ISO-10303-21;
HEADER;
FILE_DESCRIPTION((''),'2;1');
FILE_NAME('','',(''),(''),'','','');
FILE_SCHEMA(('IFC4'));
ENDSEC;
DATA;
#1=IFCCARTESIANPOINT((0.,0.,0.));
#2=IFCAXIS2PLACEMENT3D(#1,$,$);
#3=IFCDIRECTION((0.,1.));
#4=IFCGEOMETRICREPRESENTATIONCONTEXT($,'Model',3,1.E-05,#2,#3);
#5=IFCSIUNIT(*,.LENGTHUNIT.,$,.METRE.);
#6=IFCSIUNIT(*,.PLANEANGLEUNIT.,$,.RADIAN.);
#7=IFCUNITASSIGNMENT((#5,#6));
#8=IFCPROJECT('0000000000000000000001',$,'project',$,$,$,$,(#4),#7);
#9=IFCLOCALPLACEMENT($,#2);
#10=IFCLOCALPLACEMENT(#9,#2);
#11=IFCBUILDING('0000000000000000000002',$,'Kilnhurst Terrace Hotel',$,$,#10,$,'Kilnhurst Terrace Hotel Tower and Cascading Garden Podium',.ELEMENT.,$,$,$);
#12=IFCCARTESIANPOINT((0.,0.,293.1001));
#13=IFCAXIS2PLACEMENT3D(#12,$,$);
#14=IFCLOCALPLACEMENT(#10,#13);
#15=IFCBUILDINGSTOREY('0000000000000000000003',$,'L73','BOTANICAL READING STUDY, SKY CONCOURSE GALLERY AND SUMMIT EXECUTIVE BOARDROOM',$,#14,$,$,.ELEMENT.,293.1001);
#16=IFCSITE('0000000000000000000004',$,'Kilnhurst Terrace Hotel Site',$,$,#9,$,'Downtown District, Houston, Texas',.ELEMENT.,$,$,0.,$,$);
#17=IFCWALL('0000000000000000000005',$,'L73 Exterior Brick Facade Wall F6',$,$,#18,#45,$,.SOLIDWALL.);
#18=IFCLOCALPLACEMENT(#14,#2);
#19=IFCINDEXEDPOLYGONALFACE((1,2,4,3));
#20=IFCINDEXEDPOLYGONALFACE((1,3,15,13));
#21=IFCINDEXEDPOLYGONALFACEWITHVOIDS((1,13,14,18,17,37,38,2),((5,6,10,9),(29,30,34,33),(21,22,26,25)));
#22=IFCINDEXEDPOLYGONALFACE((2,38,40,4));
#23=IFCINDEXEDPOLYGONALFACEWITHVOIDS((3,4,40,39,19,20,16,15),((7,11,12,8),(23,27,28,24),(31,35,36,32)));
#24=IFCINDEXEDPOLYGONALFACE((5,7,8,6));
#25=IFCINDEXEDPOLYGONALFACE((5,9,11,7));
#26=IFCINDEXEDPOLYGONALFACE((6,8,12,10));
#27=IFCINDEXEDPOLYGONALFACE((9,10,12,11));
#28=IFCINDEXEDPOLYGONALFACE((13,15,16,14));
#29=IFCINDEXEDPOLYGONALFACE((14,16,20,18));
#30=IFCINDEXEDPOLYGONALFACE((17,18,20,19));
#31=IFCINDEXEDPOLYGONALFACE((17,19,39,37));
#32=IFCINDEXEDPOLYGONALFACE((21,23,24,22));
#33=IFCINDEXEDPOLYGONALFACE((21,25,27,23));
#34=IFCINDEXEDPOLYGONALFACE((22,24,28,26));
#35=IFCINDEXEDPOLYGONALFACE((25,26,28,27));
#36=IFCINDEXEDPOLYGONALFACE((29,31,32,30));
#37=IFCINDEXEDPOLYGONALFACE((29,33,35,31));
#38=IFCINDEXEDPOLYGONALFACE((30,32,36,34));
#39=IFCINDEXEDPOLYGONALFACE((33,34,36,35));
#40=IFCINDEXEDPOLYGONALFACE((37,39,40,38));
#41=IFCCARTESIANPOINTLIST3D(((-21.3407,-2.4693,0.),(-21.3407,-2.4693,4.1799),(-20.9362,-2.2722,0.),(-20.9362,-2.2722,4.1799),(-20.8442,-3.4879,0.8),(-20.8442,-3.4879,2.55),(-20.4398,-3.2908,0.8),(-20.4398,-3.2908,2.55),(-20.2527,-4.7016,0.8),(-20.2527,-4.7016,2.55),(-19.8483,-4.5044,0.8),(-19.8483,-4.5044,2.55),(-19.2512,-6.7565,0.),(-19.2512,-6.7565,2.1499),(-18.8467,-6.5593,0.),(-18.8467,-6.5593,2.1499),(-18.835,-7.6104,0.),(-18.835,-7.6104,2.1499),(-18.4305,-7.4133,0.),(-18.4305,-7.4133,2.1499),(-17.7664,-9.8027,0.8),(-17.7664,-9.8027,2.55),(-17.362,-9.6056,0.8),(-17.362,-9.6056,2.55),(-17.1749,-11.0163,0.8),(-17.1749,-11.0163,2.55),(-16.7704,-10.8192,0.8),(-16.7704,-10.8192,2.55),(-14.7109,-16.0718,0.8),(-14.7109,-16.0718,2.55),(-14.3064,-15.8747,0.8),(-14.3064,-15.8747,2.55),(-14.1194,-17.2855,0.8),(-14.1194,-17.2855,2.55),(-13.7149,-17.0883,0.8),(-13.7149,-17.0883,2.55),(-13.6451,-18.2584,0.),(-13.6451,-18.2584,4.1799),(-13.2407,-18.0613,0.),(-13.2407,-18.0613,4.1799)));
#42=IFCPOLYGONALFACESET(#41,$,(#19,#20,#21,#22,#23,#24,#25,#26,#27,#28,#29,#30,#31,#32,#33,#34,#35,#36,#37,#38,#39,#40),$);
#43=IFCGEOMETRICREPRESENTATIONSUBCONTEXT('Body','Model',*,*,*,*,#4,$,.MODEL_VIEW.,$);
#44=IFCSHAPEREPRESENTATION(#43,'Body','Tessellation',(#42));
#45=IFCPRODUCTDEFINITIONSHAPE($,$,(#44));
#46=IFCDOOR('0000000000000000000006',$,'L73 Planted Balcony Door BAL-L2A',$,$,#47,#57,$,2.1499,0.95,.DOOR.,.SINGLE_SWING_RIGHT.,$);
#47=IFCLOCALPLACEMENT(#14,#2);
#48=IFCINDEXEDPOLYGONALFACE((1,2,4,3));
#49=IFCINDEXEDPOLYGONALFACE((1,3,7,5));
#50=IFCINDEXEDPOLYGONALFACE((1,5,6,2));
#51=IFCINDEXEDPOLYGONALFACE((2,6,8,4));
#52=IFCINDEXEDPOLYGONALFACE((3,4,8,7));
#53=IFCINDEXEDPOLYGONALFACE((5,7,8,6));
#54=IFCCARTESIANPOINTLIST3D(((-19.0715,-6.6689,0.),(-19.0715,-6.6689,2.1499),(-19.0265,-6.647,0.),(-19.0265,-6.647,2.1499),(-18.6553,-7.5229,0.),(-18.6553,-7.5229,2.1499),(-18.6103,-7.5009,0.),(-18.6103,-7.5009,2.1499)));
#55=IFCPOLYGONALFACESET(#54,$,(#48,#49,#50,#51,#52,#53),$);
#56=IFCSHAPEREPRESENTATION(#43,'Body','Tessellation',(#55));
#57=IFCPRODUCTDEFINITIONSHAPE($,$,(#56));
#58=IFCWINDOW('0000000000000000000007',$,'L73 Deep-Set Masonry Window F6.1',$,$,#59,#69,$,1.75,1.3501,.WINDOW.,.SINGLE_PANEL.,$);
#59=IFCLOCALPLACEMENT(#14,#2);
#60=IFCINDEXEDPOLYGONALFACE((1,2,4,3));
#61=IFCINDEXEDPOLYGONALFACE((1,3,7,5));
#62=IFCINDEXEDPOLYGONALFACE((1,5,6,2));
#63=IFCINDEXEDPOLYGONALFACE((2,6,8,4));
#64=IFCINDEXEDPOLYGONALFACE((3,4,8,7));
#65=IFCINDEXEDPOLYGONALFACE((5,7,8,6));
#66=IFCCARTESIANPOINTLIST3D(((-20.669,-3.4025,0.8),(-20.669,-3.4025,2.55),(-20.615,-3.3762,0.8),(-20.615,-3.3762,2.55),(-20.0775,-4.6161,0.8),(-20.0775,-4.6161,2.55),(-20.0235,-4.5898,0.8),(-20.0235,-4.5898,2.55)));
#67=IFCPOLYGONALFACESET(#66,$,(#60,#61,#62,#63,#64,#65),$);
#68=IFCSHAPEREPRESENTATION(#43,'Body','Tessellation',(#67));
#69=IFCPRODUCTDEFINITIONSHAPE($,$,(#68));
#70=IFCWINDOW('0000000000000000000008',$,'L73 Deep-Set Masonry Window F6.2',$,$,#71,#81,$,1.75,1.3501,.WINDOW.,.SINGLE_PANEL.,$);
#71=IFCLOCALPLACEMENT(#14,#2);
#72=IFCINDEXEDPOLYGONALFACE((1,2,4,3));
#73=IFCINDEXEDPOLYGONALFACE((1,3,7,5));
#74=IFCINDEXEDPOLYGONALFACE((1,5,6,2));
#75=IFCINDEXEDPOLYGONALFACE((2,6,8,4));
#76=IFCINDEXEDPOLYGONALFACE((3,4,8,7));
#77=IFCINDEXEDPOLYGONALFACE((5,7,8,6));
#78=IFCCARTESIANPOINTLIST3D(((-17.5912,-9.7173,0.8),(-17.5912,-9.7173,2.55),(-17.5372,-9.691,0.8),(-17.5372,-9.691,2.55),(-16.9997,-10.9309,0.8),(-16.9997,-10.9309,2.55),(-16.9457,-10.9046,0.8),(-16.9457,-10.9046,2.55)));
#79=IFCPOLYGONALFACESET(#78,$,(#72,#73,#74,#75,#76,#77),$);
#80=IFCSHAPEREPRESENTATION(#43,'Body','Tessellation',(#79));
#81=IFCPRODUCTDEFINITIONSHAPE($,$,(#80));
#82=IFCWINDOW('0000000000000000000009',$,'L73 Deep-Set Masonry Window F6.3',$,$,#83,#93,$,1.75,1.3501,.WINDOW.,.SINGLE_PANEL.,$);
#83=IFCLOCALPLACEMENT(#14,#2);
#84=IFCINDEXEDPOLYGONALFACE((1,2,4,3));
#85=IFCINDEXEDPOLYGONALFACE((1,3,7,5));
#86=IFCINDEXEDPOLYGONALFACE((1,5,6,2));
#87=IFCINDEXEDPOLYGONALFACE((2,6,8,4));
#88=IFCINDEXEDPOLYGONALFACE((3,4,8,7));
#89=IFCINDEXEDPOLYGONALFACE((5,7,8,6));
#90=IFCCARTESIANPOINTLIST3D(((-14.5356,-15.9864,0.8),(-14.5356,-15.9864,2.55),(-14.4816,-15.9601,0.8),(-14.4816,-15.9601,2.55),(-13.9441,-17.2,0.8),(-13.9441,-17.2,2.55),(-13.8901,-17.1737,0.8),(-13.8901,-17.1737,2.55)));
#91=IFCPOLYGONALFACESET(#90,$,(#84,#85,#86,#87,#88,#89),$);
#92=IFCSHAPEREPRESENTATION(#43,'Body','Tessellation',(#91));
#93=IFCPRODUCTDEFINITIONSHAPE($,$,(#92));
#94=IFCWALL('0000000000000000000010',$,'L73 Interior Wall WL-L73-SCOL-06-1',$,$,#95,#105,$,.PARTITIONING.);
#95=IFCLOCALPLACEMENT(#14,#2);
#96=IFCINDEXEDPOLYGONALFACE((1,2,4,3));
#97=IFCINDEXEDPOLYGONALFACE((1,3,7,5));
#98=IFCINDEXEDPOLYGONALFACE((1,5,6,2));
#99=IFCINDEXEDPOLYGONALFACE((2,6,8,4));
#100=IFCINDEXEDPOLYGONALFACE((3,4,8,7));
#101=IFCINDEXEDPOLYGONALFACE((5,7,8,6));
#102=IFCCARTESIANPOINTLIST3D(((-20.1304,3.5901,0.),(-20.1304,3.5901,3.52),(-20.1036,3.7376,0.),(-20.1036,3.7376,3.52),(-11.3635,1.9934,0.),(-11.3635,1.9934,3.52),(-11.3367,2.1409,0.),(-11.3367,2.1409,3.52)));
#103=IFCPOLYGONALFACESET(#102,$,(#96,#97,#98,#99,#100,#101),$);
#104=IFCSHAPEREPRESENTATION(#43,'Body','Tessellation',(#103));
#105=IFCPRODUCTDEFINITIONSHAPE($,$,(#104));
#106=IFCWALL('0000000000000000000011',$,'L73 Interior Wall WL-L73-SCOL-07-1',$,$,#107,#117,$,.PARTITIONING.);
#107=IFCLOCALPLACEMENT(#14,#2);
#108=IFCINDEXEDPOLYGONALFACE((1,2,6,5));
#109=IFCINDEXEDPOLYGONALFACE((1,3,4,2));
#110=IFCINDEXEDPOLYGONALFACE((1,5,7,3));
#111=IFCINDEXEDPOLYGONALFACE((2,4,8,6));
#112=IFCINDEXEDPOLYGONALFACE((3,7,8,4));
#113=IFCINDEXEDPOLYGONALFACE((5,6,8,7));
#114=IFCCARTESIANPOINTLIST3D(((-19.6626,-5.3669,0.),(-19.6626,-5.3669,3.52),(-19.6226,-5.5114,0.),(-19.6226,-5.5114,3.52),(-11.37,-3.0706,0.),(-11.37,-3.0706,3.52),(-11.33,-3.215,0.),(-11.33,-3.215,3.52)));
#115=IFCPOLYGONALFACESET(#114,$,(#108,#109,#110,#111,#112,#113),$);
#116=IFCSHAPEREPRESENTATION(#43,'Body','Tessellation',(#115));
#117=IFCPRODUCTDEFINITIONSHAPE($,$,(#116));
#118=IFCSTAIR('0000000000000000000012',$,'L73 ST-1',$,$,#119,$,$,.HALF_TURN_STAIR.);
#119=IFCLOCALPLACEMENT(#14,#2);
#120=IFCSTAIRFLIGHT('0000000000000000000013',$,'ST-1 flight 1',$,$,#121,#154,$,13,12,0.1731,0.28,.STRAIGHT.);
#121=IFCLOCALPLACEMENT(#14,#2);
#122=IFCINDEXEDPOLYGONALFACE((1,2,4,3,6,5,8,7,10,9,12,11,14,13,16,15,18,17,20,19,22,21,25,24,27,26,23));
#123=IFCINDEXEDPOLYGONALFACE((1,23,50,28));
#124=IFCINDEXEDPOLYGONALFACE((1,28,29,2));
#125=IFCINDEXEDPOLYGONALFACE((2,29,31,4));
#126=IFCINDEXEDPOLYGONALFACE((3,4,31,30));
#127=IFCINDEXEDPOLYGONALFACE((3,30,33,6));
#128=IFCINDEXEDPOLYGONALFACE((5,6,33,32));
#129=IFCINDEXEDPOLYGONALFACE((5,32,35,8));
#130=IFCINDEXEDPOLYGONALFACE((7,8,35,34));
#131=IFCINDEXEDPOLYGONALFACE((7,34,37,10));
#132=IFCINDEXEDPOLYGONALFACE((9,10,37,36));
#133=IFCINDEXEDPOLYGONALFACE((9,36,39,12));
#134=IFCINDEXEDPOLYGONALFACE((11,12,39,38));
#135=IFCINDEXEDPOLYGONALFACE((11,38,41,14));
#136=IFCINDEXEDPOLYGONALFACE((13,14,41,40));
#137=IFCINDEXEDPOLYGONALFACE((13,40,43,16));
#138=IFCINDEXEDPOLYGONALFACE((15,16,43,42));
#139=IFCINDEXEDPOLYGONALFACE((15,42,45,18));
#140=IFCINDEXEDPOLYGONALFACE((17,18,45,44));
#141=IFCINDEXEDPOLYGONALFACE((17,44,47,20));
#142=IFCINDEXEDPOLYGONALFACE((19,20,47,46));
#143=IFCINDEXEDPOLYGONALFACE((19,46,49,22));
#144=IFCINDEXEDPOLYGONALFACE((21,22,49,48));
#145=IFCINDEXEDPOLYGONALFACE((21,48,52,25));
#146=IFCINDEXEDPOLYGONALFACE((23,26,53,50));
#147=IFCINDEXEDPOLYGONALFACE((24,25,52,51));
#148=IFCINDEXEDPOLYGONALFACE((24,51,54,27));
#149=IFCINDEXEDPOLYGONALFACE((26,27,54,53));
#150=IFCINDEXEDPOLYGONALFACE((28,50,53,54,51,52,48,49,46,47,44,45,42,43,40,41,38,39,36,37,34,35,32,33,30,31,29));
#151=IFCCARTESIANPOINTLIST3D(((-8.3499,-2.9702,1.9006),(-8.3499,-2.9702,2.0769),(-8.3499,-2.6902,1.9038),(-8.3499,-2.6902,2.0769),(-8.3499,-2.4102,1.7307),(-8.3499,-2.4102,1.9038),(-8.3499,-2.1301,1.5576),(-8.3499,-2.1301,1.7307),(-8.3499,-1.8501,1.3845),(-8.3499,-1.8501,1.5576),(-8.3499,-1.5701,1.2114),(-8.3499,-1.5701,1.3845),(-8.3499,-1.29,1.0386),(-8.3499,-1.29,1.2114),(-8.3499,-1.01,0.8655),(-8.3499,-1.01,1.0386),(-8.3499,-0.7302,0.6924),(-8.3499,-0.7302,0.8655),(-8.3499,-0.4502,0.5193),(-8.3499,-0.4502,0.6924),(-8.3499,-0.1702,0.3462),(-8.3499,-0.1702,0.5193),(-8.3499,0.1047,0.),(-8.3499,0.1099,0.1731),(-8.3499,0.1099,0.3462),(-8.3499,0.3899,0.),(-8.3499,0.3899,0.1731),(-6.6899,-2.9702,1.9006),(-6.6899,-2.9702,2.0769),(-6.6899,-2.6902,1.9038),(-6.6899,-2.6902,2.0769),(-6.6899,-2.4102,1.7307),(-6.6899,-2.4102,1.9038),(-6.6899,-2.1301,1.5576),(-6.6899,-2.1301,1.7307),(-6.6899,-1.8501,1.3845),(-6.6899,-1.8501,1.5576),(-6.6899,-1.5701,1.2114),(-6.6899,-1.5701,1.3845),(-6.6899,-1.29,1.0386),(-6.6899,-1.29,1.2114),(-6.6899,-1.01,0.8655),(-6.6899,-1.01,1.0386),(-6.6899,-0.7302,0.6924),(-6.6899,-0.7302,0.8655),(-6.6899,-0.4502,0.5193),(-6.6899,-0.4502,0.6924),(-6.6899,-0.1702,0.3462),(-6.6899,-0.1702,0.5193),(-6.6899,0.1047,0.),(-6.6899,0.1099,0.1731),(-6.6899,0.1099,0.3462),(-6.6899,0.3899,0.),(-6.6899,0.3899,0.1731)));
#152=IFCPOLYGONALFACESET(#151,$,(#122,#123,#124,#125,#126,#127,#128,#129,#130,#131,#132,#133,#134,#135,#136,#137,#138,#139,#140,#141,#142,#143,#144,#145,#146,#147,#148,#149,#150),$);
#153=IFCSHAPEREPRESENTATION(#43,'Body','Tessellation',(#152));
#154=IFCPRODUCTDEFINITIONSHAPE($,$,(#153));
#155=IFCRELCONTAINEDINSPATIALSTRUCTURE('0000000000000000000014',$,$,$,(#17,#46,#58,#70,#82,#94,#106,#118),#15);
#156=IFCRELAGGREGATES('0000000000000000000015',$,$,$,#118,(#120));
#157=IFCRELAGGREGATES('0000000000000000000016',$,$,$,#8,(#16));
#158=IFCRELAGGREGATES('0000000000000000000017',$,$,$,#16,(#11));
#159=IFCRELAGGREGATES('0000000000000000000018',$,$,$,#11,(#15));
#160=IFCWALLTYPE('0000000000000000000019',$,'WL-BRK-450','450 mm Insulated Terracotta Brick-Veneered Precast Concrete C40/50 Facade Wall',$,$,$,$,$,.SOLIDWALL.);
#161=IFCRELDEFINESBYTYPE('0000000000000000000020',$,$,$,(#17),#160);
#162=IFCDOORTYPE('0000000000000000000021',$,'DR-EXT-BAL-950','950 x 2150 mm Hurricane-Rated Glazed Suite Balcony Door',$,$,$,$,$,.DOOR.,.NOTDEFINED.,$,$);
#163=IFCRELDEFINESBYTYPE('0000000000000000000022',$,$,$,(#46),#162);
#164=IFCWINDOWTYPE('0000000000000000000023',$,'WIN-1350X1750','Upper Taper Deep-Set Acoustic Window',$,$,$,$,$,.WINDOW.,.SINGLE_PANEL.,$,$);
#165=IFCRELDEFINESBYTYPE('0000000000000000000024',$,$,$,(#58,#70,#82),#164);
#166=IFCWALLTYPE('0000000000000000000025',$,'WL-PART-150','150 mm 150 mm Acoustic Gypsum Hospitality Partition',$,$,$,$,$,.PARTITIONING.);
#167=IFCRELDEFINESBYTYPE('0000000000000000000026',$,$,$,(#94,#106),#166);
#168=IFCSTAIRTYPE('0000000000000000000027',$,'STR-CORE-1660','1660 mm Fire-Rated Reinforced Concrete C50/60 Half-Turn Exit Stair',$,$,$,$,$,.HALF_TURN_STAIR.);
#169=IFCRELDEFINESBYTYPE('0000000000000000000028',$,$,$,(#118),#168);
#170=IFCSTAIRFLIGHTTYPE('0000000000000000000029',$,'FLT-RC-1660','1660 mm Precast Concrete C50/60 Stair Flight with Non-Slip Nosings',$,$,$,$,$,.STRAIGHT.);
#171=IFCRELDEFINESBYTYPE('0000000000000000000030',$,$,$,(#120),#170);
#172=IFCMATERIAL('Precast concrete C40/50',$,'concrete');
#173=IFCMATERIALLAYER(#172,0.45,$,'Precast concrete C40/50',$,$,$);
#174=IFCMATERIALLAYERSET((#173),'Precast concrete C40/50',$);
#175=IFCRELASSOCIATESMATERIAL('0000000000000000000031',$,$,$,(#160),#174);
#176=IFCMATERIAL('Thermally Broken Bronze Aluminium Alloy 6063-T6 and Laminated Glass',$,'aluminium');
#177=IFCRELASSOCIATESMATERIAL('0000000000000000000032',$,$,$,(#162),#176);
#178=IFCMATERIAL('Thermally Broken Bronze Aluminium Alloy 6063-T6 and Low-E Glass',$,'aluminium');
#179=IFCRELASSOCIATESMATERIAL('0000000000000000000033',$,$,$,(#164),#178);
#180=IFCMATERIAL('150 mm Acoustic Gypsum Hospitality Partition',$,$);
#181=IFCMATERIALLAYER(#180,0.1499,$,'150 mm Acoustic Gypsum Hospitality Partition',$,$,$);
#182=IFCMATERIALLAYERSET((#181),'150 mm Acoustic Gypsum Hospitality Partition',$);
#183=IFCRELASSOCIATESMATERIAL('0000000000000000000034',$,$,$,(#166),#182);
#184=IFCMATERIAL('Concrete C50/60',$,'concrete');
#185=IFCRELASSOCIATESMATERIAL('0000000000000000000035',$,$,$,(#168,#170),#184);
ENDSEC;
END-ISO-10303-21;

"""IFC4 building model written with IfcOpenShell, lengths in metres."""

from ifc_helpers import new_model, si_unit, direction, frame, frame_2d, origin, place, context, subcontext, project, spatial, polyline, rectangle, outline, extrude, material, layer, layer_set, type_object, element, fill, aggregate, save


model = new_model("IFC4")

# Units and contexts
model_context = context("Model", 3, precision=1e-05, world=origin(), true_north=direction((0.0, 1.0)))
body_context = subcontext(model_context, "Body", "Model", "MODEL_VIEW")
ifc_project = project(units=[si_unit("LENGTHUNIT", "METRE"), si_unit("PLANEANGLEUNIT", "RADIAN")], contexts=[model_context])

# Site, building, storey
site_placement = place(None, origin())
site = spatial("IfcSite", under=ifc_project, at=site_placement, Name="Kilnhurst Terrace Hotel Site", LongName="Downtown District, Houston, Texas", CompositionType="ELEMENT", RefElevation=0.0)
building_placement = place(site_placement, origin())
building = spatial("IfcBuilding", under=site, at=building_placement, Name="Kilnhurst Terrace Hotel", LongName="Kilnhurst Terrace Hotel Tower and Cascading Garden Podium", CompositionType="ELEMENT")
storey_placement = place(building_placement, frame((0.0, 0.0, 293.1001)))
storey = spatial("IfcBuildingStorey", under=building, at=storey_placement, Name="L73", Description="BOTANICAL READING STUDY, SKY CONCOURSE GALLERY AND SUMMIT EXECUTIVE BOARDROOM", CompositionType="ELEMENT", Elevation=293.1001)

# Shared definitions
ifc_material_1 = material(Name="Concrete C50/60", Category="concrete")

# Shared definitions
ifc_material_2 = material(Name="Precast concrete C40/50", Category="concrete")
ifc_layer_1 = layer(ifc_material_2, 0.45, Name="Precast concrete C40/50")
ifc_layer_set_1 = layer_set([ifc_layer_1], Name="Precast concrete C40/50")
wall_type_1 = type_object("IfcWallType", Name="WL-BRK-450", Description="450 mm Insulated Terracotta Brick-Veneered Precast Concrete C40/50 Facade Wall", PredefinedType="SOLIDWALL", material=ifc_layer_set_1)

# Wall, openings, door, windows
wall_1_placement = place(storey_placement, frame((-21.1384, -2.3708, 0.0), z_axis=(0.0, 0.0, 1.0), x_axis=(0.438128, -0.898913, 0.0)))
wall_1 = element("IfcWall", 1, at=wall_1_placement, inside=storey, type_object=wall_type_1, Name="L73 Exterior Brick Facade Wall F6", PredefinedType="SOLIDWALL", context=body_context, shape_type="SweptSolid", body=[
    extrude(rectangle(XDim=17.5647, YDim=0.45, at=frame_2d((8.7822, 0.0))), origin(), (0.0, 0.0, 1.0), 4.1799),
])
opening_1_placement = place(wall_1_placement, frame((4.769, 0.0, 0.0)))
opening_1 = element("IfcOpeningElement", 2, at=opening_1_placement, cuts=wall_1, PredefinedType="OPENING", context=body_context, shape_type="SweptSolid", body=[
    extrude(rectangle(XDim=0.95, YDim=2.1499, at=frame_2d((0.4751, 1.075))), frame((0.0, 0.2349, 0.0), z_axis=(0.0, -1.0, 0.0), x_axis=(1.0, 0.0, 0.0)), (0.0, 0.0, 1.0), 0.47),
])
opening_2_placement = place(wall_1_placement, frame((1.1331, 0.0, 0.8)))
opening_2 = element("IfcOpeningElement", 3, at=opening_2_placement, cuts=wall_1, PredefinedType="OPENING", context=body_context, shape_type="SweptSolid", body=[
    extrude(rectangle(XDim=1.3501, YDim=1.75, at=frame_2d((0.675, 0.875))), frame((0.0, 0.2349, 0.0), z_axis=(0.0, -1.0, 0.0), x_axis=(1.0, 0.0, 0.0)), (0.0, 0.0, 1.0), 0.47),
])
opening_3_placement = place(wall_1_placement, frame((8.158, 0.0, 0.8)))
opening_3 = element("IfcOpeningElement", 4, at=opening_3_placement, cuts=wall_1, PredefinedType="OPENING", context=body_context, shape_type="SweptSolid", body=[
    extrude(rectangle(XDim=1.3501, YDim=1.75, at=frame_2d((0.675, 0.875))), frame((0.0, 0.2349, 0.0), z_axis=(0.0, -1.0, 0.0), x_axis=(1.0, 0.0, 0.0)), (0.0, 0.0, 1.0), 0.47),
])
opening_4_placement = place(wall_1_placement, frame((15.1321, 0.0, 0.8)))
opening_4 = element("IfcOpeningElement", 5, at=opening_4_placement, cuts=wall_1, PredefinedType="OPENING", context=body_context, shape_type="SweptSolid", body=[
    extrude(rectangle(XDim=1.3501, YDim=1.75, at=frame_2d((0.675, 0.875))), frame((0.0, 0.2349, 0.0), z_axis=(0.0, -1.0, 0.0), x_axis=(1.0, 0.0, 0.0)), (0.0, 0.0, 1.0), 0.47),
])
ifc_material_3 = material(Name="Thermally Broken Bronze Aluminium Alloy 6063-T6 and Laminated Glass", Category="aluminium")
door_type_1 = type_object("IfcDoorType", Name="DR-EXT-BAL-950", Description="950 x 2150 mm Hurricane-Rated Glazed Suite Balcony Door", OperationType="NOTDEFINED", PredefinedType="DOOR", material=ifc_material_3)
door_1_placement = place(opening_1_placement, origin())
door_1 = element("IfcDoor", 6, at=door_1_placement, inside=storey, type_object=door_type_1, Name="L73 Planted Balcony Door BAL-L2A", OperationType="SINGLE_SWING_RIGHT", OverallHeight=2.1499, OverallWidth=0.95, PredefinedType="DOOR", context=body_context, shape_type="SweptSolid", body=[
    extrude(rectangle(XDim=0.95, YDim=2.1499, at=frame_2d((0.4751, 1.075))), frame((0.0, 0.0249, 0.0), z_axis=(0.0, -1.0, 0.0), x_axis=(1.0, 0.0, 0.0)), (0.0, 0.0, 1.0), 0.05),
])
fill(opening_1, door_1)
ifc_material_4 = material(Name="Thermally Broken Bronze Aluminium Alloy 6063-T6 and Low-E Glass", Category="aluminium")
window_type = type_object("IfcWindowType", Name="WIN-1350X1750", Description="Upper Taper Deep-Set Acoustic Window", PartitioningType="SINGLE_PANEL", PredefinedType="WINDOW", material=ifc_material_4)
window_1_placement = place(opening_2_placement, origin())
window_1 = element("IfcWindow", 7, at=window_1_placement, inside=storey, type_object=window_type, Name="L73 Deep-Set Masonry Window F6.1", OverallHeight=1.75, OverallWidth=1.3501, PartitioningType="SINGLE_PANEL", PredefinedType="WINDOW", context=body_context, shape_type="SweptSolid", body=[
    extrude(rectangle(XDim=1.3501, YDim=1.75, at=frame_2d((0.675, 0.875))), frame((0.0, 0.03, 0.0), z_axis=(0.0, -1.0, 0.0), x_axis=(1.0, 0.0, 0.0)), (0.0, 0.0, 1.0), 0.0601),
])
fill(opening_2, window_1)
window_2_placement = place(opening_3_placement, origin())
window_2 = element("IfcWindow", 8, at=window_2_placement, inside=storey, type_object=window_type, Name="L73 Deep-Set Masonry Window F6.2", OverallHeight=1.75, OverallWidth=1.3501, PartitioningType="SINGLE_PANEL", PredefinedType="WINDOW", context=body_context, shape_type="SweptSolid", body=[
    extrude(rectangle(XDim=1.3501, YDim=1.75, at=frame_2d((0.675, 0.875))), frame((0.0, 0.03, 0.0), z_axis=(0.0, -1.0, 0.0), x_axis=(1.0, 0.0, 0.0)), (0.0, 0.0, 1.0), 0.0601),
])
fill(opening_3, window_2)
window_3_placement = place(opening_4_placement, origin())
window_3 = element("IfcWindow", 9, at=window_3_placement, inside=storey, type_object=window_type, Name="L73 Deep-Set Masonry Window F6.3", OverallHeight=1.75, OverallWidth=1.3501, PartitioningType="SINGLE_PANEL", PredefinedType="WINDOW", context=body_context, shape_type="SweptSolid", body=[
    extrude(rectangle(XDim=1.3501, YDim=1.75, at=frame_2d((0.675, 0.875))), frame((0.0, 0.03, 0.0), z_axis=(0.0, -1.0, 0.0), x_axis=(1.0, 0.0, 0.0)), (0.0, 0.0, 1.0), 0.0601),
])
fill(opening_4, window_3)

# Walls
ifc_material_5 = material(Name="150 mm Acoustic Gypsum Hospitality Partition")
ifc_layer_2 = layer(ifc_material_5, 0.1499, Name="150 mm Acoustic Gypsum Hospitality Partition")
ifc_layer_set_2 = layer_set([ifc_layer_2], Name="150 mm Acoustic Gypsum Hospitality Partition")
wall_type_2 = type_object("IfcWallType", Name="WL-PART-150", Description="150 mm 150 mm Acoustic Gypsum Hospitality Partition", PredefinedType="PARTITIONING", material=ifc_layer_set_2)
wall_2_placement = place(storey_placement, frame((-11.3501, 2.0671, 0.0), z_axis=(0.0, 0.0, 1.0), x_axis=(-0.983816, 0.17918, 0.0)))
element("IfcWall", 10, at=wall_2_placement, inside=storey, type_object=wall_type_2, Name="L73 Interior Wall WL-L73-SCOL-06-1", PredefinedType="PARTITIONING", context=body_context, shape_type="SweptSolid", body=[
    extrude(rectangle(XDim=8.9111, YDim=0.1499, at=frame_2d((4.4556, 0.0))), origin(), (0.0, 0.0, 1.0), 3.52),
])
wall_3_placement = place(storey_placement, frame((-11.3501, -3.1428, 0.0), z_axis=(0.0, 0.0, 1.0), x_axis=(-0.963732, -0.266873, 0.0)))
element("IfcWall", 11, at=wall_3_placement, inside=storey, type_object=wall_type_2, Name="L73 Interior Wall WL-L73-SCOL-07-1", PredefinedType="PARTITIONING", context=body_context, shape_type="SweptSolid", body=[
    extrude(rectangle(XDim=8.6047, YDim=0.1499, at=frame_2d((4.3022, 0.0))), origin(), (0.0, 0.0, 1.0), 3.52),
])

# Stair, stair flight
stair_type = type_object("IfcStairType", Name="STR-CORE-1660", Description="1660 mm Fire-Rated Reinforced Concrete C50/60 Half-Turn Exit Stair", PredefinedType="HALF_TURN_STAIR", material=ifc_material_1)
stair_placement = place(storey_placement, origin())
stair = element("IfcStair", 12, at=stair_placement, inside=storey, type_object=stair_type, Name="L73 ST-1", PredefinedType="HALF_TURN_STAIR")
stair_flight_type = type_object("IfcStairFlightType", Name="FLT-RC-1660", Description="1660 mm Precast Concrete C50/60 Stair Flight with Non-Slip Nosings", PredefinedType="STRAIGHT", material=ifc_material_1)
stair_flight_1_placement = place(storey_placement, frame((-7.52, 0.3899, 0.0), z_axis=(0.0, 0.0, 1.0), x_axis=(0.0, -1.0, 0.0)))
stair_flight_1 = element("IfcStairFlight", 13, at=stair_flight_1_placement, type_object=stair_flight_type, Name="ST-1 flight 1", NumberOfRisers=13, NumberOfTreads=12, PredefinedType="STRAIGHT", RiserHeight=0.1731, TreadLength=0.28, context=body_context, shape_type="SweptSolid", body=[
    extrude(outline(polyline([(0.0, 0.0), (0.0, 0.1731), (0.28, 0.1731), (0.28, 0.3462), (0.5601, 0.3462), (0.5601, 0.5193), (0.8401, 0.5193), (0.8401, 0.6924), (1.1201, 0.6924), (1.1201, 0.8655), (1.3999, 0.8655), (1.3999, 1.0386), (1.6799, 1.0386), (1.6799, 1.2114), (1.96, 1.2114), (1.96, 1.3845), (2.24, 1.3845), (2.24, 1.5576), (2.52, 1.5576), (2.52, 1.7307), (2.8, 1.7307), (2.8, 1.9038), (3.0801, 1.9038), (3.0801, 2.0769), (3.3601, 2.0769), (3.3601, 2.25), (3.3601, 1.9006), (0.2852, 0.0), (0.0, 0.0)])), frame((0.0, 0.8301, 0.0), z_axis=(0.0, -1.0, 0.0), x_axis=(1.0, 0.0, 0.0)), (0.0, 0.0, 1.0), 1.6599),
])
aggregate(stair, [stair_flight_1])

save(model, "model.ifc")
